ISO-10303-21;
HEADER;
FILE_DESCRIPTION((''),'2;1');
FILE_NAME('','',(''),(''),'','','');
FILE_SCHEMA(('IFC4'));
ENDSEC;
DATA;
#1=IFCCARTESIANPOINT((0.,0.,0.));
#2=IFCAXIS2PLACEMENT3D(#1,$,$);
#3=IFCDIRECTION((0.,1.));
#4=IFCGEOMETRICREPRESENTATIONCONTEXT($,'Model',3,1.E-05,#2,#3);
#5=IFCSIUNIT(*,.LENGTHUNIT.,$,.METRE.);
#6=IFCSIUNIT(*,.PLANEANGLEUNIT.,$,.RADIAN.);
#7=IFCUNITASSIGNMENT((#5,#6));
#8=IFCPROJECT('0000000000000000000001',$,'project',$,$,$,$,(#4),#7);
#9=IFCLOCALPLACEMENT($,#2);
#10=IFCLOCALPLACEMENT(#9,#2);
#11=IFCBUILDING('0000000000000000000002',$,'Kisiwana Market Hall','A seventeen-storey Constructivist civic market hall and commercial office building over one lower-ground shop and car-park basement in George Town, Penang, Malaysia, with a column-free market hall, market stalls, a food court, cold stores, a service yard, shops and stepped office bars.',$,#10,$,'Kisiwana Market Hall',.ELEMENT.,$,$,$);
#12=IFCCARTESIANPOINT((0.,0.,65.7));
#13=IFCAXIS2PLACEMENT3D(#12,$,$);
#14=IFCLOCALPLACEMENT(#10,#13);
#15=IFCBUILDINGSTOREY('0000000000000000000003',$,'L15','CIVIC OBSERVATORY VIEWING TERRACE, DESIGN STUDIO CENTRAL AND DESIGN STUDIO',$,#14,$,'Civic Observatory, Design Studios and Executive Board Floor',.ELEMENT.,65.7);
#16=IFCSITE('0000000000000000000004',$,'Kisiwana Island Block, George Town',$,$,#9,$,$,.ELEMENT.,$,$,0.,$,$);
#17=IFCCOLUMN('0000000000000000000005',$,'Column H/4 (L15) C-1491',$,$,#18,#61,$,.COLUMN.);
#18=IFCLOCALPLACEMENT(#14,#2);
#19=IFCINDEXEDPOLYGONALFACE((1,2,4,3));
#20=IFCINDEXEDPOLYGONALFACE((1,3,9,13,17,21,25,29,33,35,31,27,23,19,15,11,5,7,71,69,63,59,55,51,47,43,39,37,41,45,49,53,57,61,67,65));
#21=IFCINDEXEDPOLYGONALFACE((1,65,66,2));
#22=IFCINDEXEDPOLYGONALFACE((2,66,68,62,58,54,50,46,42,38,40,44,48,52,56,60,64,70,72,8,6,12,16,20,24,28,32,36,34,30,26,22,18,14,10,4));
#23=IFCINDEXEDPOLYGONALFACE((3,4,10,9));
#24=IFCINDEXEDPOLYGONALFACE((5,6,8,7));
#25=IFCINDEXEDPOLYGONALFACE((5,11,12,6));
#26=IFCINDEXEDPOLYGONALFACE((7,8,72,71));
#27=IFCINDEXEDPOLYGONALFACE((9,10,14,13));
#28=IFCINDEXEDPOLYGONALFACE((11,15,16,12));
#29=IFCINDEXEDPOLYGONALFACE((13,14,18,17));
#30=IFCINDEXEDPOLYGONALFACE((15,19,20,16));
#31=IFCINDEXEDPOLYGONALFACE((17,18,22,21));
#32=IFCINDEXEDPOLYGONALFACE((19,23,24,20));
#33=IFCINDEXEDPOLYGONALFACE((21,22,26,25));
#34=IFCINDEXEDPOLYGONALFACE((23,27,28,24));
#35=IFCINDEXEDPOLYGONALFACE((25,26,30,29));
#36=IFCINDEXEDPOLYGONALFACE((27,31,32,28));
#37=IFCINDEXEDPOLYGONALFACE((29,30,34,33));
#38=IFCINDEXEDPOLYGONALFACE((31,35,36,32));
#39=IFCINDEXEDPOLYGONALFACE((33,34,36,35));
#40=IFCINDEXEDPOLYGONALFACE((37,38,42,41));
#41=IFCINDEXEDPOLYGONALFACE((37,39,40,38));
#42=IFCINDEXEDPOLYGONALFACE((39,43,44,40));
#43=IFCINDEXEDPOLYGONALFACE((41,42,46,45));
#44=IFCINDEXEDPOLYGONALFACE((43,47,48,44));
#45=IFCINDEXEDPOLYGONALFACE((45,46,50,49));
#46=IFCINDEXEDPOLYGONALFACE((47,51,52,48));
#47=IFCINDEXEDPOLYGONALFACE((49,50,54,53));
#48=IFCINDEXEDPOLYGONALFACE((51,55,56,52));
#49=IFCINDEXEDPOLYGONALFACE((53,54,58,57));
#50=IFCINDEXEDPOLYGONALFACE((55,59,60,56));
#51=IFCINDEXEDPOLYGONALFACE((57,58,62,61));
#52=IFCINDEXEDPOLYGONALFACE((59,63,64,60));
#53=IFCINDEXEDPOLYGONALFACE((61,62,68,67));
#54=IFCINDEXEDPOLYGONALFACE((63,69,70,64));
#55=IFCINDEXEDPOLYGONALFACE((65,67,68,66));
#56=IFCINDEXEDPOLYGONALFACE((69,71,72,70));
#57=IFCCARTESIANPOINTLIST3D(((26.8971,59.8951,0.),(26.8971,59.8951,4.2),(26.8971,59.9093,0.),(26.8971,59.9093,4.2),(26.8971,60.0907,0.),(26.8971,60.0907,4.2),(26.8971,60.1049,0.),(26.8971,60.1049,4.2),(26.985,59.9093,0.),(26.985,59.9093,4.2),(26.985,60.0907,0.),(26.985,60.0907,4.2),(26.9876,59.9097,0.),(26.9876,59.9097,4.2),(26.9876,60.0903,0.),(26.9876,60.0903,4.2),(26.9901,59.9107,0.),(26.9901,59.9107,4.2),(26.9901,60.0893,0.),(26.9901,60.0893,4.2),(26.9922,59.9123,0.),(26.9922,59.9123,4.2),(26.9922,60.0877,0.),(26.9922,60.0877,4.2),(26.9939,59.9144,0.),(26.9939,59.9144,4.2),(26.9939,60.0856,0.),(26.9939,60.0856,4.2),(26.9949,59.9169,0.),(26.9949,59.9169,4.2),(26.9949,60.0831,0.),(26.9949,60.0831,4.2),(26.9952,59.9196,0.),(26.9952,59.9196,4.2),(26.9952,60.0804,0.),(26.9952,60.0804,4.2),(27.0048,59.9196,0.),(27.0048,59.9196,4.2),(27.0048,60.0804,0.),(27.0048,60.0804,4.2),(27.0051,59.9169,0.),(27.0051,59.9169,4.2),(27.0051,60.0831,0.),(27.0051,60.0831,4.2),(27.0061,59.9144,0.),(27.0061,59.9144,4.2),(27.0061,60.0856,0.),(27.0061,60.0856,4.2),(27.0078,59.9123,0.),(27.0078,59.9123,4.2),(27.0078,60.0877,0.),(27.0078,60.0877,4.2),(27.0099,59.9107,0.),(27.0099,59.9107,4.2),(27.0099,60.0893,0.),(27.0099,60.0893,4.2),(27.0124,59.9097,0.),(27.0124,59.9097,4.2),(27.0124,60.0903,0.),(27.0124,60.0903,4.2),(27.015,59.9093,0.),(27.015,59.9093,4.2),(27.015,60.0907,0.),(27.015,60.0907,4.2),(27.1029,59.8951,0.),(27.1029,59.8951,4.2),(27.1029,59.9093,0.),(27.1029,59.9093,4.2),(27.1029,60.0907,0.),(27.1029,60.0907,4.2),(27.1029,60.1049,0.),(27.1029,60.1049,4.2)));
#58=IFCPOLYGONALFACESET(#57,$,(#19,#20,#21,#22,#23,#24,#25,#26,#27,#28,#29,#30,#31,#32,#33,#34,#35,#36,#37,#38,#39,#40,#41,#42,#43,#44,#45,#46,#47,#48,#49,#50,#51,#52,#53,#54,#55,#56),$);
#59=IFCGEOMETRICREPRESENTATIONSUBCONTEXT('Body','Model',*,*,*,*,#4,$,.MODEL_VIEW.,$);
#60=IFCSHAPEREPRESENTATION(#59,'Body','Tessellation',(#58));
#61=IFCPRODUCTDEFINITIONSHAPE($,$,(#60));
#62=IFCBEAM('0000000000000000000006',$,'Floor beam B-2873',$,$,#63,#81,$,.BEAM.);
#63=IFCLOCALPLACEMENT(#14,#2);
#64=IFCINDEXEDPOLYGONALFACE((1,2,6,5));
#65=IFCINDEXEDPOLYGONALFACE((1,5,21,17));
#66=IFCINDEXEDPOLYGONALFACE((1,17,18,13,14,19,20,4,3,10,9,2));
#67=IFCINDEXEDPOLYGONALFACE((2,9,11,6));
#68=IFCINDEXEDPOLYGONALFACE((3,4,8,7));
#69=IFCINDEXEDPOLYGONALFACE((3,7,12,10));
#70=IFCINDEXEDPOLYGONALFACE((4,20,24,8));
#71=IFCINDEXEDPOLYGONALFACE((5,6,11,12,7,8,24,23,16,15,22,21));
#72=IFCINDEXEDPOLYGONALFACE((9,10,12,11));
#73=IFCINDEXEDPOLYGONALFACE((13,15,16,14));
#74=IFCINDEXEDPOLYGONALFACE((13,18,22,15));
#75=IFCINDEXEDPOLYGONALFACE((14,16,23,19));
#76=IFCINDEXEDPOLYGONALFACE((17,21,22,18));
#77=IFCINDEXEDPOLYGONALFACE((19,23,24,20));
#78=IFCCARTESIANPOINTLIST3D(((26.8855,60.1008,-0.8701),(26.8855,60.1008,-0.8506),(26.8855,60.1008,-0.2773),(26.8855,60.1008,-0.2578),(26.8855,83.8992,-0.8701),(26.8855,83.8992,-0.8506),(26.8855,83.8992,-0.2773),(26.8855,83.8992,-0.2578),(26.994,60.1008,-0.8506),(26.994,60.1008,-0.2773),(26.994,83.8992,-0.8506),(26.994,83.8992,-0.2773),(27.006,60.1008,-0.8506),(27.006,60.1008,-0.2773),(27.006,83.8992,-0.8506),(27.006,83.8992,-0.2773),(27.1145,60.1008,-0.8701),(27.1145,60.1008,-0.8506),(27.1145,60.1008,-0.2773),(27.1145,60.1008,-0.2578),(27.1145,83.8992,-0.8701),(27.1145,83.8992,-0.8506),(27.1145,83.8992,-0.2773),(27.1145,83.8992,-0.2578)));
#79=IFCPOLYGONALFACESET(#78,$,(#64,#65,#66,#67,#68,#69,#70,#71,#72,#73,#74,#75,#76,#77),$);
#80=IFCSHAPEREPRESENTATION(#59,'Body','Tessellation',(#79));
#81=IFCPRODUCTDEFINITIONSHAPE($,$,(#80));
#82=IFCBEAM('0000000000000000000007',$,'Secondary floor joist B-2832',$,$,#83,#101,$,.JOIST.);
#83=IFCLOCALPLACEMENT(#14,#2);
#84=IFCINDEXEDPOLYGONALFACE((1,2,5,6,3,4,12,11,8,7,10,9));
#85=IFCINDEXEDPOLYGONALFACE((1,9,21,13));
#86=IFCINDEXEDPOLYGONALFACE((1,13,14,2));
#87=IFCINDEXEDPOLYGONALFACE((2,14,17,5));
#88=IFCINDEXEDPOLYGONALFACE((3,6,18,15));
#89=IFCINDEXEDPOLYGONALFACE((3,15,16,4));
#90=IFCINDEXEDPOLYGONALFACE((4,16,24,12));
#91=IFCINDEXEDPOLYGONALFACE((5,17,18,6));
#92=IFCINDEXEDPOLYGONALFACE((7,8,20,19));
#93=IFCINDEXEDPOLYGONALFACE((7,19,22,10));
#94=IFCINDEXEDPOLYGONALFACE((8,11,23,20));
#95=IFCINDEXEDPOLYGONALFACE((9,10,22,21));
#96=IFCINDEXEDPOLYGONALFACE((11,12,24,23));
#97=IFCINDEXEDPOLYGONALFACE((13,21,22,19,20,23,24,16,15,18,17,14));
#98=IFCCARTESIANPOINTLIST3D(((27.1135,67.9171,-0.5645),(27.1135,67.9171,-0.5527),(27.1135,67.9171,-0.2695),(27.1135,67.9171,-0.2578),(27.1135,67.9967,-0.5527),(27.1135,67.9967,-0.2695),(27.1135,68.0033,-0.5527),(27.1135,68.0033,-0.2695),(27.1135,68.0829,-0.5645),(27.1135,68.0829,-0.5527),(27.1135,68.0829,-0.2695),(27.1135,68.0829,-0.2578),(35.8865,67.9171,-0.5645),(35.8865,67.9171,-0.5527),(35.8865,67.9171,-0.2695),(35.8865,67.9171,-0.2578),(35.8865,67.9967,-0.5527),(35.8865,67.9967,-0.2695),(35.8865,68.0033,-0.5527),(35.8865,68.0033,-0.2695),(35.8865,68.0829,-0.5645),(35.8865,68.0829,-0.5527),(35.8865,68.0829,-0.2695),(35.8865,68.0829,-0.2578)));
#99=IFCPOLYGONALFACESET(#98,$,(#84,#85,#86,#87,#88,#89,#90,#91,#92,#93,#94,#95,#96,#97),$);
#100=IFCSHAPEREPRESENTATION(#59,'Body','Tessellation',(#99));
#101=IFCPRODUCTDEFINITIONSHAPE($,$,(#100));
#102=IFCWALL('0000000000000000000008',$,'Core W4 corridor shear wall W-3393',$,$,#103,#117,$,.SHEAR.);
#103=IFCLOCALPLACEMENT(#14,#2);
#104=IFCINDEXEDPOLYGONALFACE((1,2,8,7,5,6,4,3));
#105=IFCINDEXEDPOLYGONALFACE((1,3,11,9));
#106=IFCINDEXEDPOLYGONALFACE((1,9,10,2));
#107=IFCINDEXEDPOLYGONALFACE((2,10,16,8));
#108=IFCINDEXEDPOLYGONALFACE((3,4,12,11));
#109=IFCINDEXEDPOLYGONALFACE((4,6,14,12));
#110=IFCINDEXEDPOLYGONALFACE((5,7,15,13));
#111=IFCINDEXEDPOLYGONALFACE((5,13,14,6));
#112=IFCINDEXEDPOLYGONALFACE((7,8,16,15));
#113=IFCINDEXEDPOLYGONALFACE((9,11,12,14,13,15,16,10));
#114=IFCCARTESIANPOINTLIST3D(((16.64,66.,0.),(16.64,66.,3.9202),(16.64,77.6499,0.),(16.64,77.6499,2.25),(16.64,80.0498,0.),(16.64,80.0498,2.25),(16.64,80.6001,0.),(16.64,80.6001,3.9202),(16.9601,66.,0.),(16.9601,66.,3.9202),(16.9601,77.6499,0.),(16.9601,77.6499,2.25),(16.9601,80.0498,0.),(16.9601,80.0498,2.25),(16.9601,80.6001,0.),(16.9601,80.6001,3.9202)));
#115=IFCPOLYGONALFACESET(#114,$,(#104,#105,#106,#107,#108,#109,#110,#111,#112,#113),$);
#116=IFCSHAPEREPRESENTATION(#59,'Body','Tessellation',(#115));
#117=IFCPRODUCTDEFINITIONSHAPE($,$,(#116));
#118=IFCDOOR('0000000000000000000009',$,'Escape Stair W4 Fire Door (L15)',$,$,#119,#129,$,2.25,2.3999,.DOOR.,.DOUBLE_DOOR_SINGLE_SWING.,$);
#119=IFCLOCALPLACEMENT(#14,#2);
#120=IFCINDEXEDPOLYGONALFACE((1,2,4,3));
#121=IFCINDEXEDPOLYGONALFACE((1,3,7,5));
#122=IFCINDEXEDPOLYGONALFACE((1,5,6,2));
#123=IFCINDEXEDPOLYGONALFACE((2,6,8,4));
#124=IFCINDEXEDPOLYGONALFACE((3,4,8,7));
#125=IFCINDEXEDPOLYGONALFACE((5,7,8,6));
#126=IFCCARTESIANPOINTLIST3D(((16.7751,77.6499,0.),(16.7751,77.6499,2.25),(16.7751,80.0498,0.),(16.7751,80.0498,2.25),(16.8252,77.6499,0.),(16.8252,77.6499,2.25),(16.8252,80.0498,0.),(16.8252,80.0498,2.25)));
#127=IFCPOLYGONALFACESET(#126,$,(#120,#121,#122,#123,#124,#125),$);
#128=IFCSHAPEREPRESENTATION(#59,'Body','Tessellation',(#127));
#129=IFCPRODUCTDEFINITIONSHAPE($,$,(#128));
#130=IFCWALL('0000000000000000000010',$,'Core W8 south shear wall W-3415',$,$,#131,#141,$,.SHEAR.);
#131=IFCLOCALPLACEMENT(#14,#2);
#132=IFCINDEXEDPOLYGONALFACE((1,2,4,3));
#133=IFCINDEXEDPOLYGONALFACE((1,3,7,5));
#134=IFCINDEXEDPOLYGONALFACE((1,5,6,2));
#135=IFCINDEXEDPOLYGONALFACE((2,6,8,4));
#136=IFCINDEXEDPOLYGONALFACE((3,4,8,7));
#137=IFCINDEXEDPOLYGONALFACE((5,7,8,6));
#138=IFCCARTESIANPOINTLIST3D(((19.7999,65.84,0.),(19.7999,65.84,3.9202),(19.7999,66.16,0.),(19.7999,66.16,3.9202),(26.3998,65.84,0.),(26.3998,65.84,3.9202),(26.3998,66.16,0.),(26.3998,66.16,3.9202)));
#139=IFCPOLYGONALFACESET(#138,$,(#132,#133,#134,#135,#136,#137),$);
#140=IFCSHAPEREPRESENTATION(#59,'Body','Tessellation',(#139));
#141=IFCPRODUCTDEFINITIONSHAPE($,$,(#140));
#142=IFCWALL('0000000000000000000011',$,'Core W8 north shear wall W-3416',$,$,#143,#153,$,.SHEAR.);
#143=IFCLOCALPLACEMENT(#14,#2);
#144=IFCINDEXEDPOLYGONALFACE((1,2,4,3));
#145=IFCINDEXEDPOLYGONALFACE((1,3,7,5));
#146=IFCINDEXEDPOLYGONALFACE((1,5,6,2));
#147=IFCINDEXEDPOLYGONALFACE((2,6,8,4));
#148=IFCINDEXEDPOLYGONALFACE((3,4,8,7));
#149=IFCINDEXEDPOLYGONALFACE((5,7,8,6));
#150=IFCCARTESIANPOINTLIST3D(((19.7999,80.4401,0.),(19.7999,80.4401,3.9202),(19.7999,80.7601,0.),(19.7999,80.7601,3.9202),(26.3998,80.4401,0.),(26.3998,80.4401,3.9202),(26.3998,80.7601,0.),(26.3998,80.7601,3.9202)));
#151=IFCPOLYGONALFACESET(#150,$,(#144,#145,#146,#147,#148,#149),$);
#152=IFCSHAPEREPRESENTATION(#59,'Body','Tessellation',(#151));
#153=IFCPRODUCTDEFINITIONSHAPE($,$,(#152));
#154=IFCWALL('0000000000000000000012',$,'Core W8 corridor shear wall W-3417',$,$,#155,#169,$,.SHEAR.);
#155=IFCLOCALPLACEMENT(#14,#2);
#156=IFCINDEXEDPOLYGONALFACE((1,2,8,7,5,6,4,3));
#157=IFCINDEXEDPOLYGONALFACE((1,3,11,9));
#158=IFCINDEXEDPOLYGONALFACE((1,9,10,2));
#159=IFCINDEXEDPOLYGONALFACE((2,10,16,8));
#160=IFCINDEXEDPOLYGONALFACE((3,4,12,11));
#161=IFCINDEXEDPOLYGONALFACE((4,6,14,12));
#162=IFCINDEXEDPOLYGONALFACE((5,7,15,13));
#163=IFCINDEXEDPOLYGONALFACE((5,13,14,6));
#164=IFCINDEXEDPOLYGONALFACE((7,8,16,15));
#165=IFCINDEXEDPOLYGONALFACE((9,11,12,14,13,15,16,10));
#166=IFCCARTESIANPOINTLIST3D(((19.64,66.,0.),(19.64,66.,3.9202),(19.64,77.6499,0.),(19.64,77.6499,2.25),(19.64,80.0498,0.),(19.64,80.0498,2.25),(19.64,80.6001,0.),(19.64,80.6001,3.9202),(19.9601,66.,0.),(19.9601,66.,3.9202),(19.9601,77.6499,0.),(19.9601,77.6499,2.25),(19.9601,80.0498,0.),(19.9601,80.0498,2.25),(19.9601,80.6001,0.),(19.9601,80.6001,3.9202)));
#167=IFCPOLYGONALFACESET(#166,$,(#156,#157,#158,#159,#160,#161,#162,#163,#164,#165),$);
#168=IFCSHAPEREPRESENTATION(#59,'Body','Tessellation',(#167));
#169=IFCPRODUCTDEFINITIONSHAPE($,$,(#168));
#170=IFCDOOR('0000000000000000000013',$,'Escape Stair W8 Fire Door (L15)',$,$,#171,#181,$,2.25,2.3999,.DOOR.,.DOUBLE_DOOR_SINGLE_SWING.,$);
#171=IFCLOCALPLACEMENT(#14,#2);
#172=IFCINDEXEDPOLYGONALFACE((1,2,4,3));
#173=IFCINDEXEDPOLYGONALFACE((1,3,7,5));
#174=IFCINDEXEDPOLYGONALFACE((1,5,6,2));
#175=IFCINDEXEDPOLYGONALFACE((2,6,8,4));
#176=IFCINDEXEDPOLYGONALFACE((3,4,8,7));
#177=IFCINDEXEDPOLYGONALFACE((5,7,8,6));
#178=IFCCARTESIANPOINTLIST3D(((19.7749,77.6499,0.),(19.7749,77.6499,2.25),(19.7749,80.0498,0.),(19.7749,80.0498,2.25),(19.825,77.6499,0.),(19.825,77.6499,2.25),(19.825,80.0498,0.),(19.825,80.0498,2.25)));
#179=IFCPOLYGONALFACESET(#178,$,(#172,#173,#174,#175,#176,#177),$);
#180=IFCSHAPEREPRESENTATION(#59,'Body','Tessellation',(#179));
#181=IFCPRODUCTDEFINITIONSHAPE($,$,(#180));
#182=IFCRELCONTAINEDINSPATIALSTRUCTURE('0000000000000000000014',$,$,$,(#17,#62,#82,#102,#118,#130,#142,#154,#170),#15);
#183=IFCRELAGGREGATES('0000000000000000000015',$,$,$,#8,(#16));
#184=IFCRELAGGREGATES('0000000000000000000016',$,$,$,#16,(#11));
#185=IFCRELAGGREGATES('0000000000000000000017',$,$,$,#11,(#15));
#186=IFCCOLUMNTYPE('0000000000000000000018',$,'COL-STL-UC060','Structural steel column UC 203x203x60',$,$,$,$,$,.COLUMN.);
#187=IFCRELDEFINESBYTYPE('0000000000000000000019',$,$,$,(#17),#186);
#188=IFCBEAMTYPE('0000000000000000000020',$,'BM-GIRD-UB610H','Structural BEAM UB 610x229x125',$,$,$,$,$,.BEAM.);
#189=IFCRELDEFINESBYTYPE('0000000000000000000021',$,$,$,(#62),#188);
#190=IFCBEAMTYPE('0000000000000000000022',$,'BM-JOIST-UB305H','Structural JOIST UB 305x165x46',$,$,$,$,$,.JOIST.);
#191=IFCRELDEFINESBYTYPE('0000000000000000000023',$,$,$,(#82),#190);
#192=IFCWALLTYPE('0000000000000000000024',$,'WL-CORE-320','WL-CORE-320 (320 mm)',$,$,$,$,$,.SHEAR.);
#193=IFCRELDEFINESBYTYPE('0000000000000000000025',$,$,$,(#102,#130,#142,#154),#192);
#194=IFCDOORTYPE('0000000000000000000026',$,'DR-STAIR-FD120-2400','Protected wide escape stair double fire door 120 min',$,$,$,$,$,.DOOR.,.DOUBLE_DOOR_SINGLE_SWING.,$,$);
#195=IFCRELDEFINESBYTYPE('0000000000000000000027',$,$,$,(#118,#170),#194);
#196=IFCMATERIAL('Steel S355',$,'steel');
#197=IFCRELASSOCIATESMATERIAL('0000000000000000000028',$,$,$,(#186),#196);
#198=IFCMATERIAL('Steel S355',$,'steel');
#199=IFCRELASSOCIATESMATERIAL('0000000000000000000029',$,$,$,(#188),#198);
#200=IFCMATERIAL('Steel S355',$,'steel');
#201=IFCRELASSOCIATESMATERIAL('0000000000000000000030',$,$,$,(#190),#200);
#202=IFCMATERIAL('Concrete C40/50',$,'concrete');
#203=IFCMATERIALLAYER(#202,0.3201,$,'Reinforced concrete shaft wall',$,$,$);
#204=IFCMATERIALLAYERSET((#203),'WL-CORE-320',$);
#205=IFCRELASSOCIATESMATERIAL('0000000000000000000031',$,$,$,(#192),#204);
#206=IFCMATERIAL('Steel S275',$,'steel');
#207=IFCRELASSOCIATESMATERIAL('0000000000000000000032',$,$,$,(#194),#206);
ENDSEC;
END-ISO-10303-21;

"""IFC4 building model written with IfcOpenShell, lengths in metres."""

from ifc_helpers import new_model, si_unit, direction, frame, frame_2d, origin, origin_2d, place, context, subcontext, project, spatial, rectangle, i_section, extrude, material, layer, layer_set, material_profile, profile_set, type_object, element, fill, save


model = new_model("IFC4")

# Units and contexts
model_context = context("Model", 3, precision=1e-05, world=origin(), true_north=direction((0.0, 1.0)))
body_context = subcontext(model_context, "Body", "Model", "MODEL_VIEW")
ifc_project = project(units=[si_unit("LENGTHUNIT", "METRE"), si_unit("PLANEANGLEUNIT", "RADIAN")], contexts=[model_context])

# Site, building, storey
site_placement = place(None, origin())
site = spatial("IfcSite", under=ifc_project, at=site_placement, Name="Kisiwana Island Block, George Town", CompositionType="ELEMENT", RefElevation=0.0)
building_placement = place(site_placement, origin())
building = spatial("IfcBuilding", under=site, at=building_placement, Name="Kisiwana Market Hall", Description="A seventeen-storey Constructivist civic market hall and commercial office building over one lower-ground shop and car-park basement in George Town, Penang, Malaysia, with a column-free market hall, market stalls, a food court, cold stores, a service yard, shops and stepped office bars.", LongName="Kisiwana Market Hall", CompositionType="ELEMENT")
storey_placement = place(building_placement, frame((0.0, 0.0, 65.7)))
storey = spatial("IfcBuildingStorey", under=building, at=storey_placement, Name="L15", Description="CIVIC OBSERVATORY VIEWING TERRACE, DESIGN STUDIO CENTRAL AND DESIGN STUDIO", LongName="Civic Observatory, Design Studios and Executive Board Floor", CompositionType="ELEMENT", Elevation=65.7)

# Column
ifc_material_1 = material(Name="Steel S355", Category="steel")
ifc_material_profile_1 = material_profile(ifc_material_1, i_section(OverallWidth=0.2058, OverallDepth=0.2097, WebThickness=0.0095, FlangeThickness=0.0142, FilletRadius=0.0103, at=origin_2d()), Name="UC 203x203x60")
ifc_profile_set_1 = profile_set([ifc_material_profile_1], Name="Steel S355")
column_type = type_object("IfcColumnType", Name="COL-STL-UC060", Description="Structural steel column UC 203x203x60", PredefinedType="COLUMN", material=ifc_profile_set_1)
column_placement = place(storey_placement, frame((27.0, 60.0, 0.0), z_axis=(0.0, 0.0, 1.0), x_axis=(1.0, 0.0, 0.0)))
element("IfcColumn", 1, at=column_placement, inside=storey, type_object=column_type, Name="Column H/4 (L15) C-1491", PredefinedType="COLUMN", context=body_context, shape_type="SweptSolid", body=[
    extrude(i_section(OverallWidth=0.2058, OverallDepth=0.2097, WebThickness=0.0095, FlangeThickness=0.0142, FilletRadius=0.0103, at=origin_2d()), origin(), (0.0, 0.0, 1.0), 4.2),
])

# Beams
ifc_material_2 = material(Name="Steel S355", Category="steel")
ifc_material_profile_2 = material_profile(ifc_material_2, i_section(OverallWidth=0.229, OverallDepth=0.6123, WebThickness=0.012, FlangeThickness=0.0195, at=origin_2d()), Name="UB 610x229x125")
ifc_profile_set_2 = profile_set([ifc_material_profile_2], Name="Steel S355")
beam_type_1 = type_object("IfcBeamType", Name="BM-GIRD-UB610H", Description="Structural BEAM UB 610x229x125", PredefinedType="BEAM", material=ifc_profile_set_2)
beam_1_placement = place(storey_placement, frame((27.0, 60.1008, -0.564), z_axis=(0.0, 1.0, 0.0), x_axis=(-1.0, 0.0, 0.0)))
element("IfcBeam", 2, at=beam_1_placement, inside=storey, type_object=beam_type_1, Name="Floor beam B-2873", PredefinedType="BEAM", context=body_context, shape_type="SweptSolid", body=[
    extrude(i_section(OverallWidth=0.229, OverallDepth=0.6123, WebThickness=0.012, FlangeThickness=0.0195, at=origin_2d()), origin(), (0.0, 0.0, 1.0), 23.7983),
])
ifc_material_3 = material(Name="Steel S355", Category="steel")
ifc_material_profile_3 = material_profile(ifc_material_3, i_section(OverallWidth=0.1658, OverallDepth=0.3066, WebThickness=0.0066, FlangeThickness=0.0117, at=origin_2d()), Name="UB 305x165x46")
ifc_profile_set_3 = profile_set([ifc_material_profile_3], Name="Steel S355")
beam_type_2 = type_object("IfcBeamType", Name="BM-JOIST-UB305H", Description="Structural JOIST UB 305x165x46", PredefinedType="JOIST", material=ifc_profile_set_3)
beam_2_placement = place(storey_placement, frame((27.1135, 68.0, -0.4111), z_axis=(1.0, 0.0, 0.0), x_axis=(0.0, 1.0, 0.0)))
element("IfcBeam", 3, at=beam_2_placement, inside=storey, type_object=beam_type_2, Name="Secondary floor joist B-2832", PredefinedType="JOIST", context=body_context, shape_type="SweptSolid", body=[
    extrude(i_section(OverallWidth=0.1658, OverallDepth=0.3066, WebThickness=0.0066, FlangeThickness=0.0117, at=origin_2d()), origin(), (0.0, 0.0, 1.0), 8.7729),
])

# Wall, opening, door
ifc_material_4 = material(Name="Concrete C40/50", Category="concrete")
ifc_layer_1 = layer(ifc_material_4, 0.3201, Name="Reinforced concrete shaft wall")
ifc_layer_set_1 = layer_set([ifc_layer_1], Name="WL-CORE-320")
wall_type_1 = type_object("IfcWallType", Name="WL-CORE-320", Description="WL-CORE-320 (320 mm)", PredefinedType="SHEAR", material=ifc_layer_set_1)
wall_1_placement = place(storey_placement, frame((16.8, 66.0, 0.0), z_axis=(0.0, 0.0, 1.0), x_axis=(0.0, 1.0, 0.0)))
wall_1 = element("IfcWall", 4, at=wall_1_placement, inside=storey, type_object=wall_type_1, Name="Core W4 corridor shear wall W-3393", PredefinedType="SHEAR", context=body_context, shape_type="SweptSolid", body=[
    extrude(rectangle(XDim=14.6001, YDim=0.3201, at=frame_2d((7.3, 0.0))), origin(), (0.0, 0.0, 1.0), 3.9202),
])
opening_1_placement = place(wall_1_placement, frame((11.6499, 0.0, 0.0)))
opening_1 = element("IfcOpeningElement", 5, at=opening_1_placement, cuts=wall_1, PredefinedType="OPENING", context=body_context, shape_type="SweptSolid", body=[
    extrude(rectangle(XDim=2.3999, YDim=2.25, at=frame_2d((1.2, 1.125))), frame((0.0, 0.1719, 0.0), z_axis=(0.0, -1.0, 0.0), x_axis=(1.0, 0.0, 0.0)), (0.0, 0.0, 1.0), 0.344),
])
ifc_material_5 = material(Name="Steel S275", Category="steel")
door_type_1 = type_object("IfcDoorType", Name="DR-STAIR-FD120-2400", Description="Protected wide escape stair double fire door 120 min", OperationType="DOUBLE_DOOR_SINGLE_SWING", PredefinedType="DOOR", material=ifc_material_5)
door_1_placement = place(opening_1_placement, origin())
door_1 = element("IfcDoor", 6, at=door_1_placement, inside=storey, type_object=door_type_1, Name="Escape Stair W4 Fire Door (L15)", OperationType="DOUBLE_DOOR_SINGLE_SWING", OverallHeight=2.25, OverallWidth=2.3999, PredefinedType="DOOR", context=body_context, shape_type="SweptSolid", body=[
    extrude(rectangle(XDim=2.3999, YDim=2.25, at=frame_2d((1.2, 1.125))), frame((0.0, 0.0249, 0.0), z_axis=(0.0, -1.0, 0.0), x_axis=(1.0, 0.0, 0.0)), (0.0, 0.0, 1.0), 0.05),
])
fill(opening_1, door_1)

# Walls
for number, where, z_axis, x_axis, name in (
    (7, (19.8, 66.0, 0.0), (0.0, 0.0, 1.0), (1.0, 0.0, 0.0), "Core W8 south shear wall W-3415"),
    (8, (19.8, 80.6001, 0.0), (0.0, 0.0, 1.0), (1.0, 0.0, 0.0), "Core W8 north shear wall W-3416"),
):
    element("IfcWall", number, at=place(storey_placement, frame(where, z_axis=z_axis, x_axis=x_axis)), inside=storey, type_object=wall_type_1, Name=name, PredefinedType="SHEAR", context=body_context, shape_type="SweptSolid", body=[
        extrude(rectangle(XDim=6.5999, YDim=0.3201, at=frame_2d((3.2998, 0.0))), origin(), (0.0, 0.0, 1.0), 3.9202),
    ])

# Wall, opening, door
wall_2_placement = place(storey_placement, frame((19.8, 66.0, 0.0), z_axis=(0.0, 0.0, 1.0), x_axis=(0.0, 1.0, 0.0)))
wall_2 = element("IfcWall", 9, at=wall_2_placement, inside=storey, type_object=wall_type_1, Name="Core W8 corridor shear wall W-3417", PredefinedType="SHEAR", context=body_context, shape_type="SweptSolid", body=[
    extrude(rectangle(XDim=14.6001, YDim=0.3201, at=frame_2d((7.3, 0.0))), origin(), (0.0, 0.0, 1.0), 3.9202),
])
opening_2_placement = place(wall_2_placement, frame((11.6499, 0.0, 0.0)))
opening_2 = element("IfcOpeningElement", 10, at=opening_2_placement, cuts=wall_2, PredefinedType="OPENING", context=body_context, shape_type="SweptSolid", body=[
    extrude(rectangle(XDim=2.3999, YDim=2.25, at=frame_2d((1.2, 1.125))), frame((0.0, 0.1719, 0.0), z_axis=(0.0, -1.0, 0.0), x_axis=(1.0, 0.0, 0.0)), (0.0, 0.0, 1.0), 0.344),
])
door_2_placement = place(opening_2_placement, frame((2.3999, 0.0, 0.0), z_axis=(0.0, 0.0, 1.0), x_axis=(-1.0, 0.0, 0.0)))
door_2 = element("IfcDoor", 11, at=door_2_placement, inside=storey, type_object=door_type_1, Name="Escape Stair W8 Fire Door (L15)", OperationType="DOUBLE_DOOR_SINGLE_SWING", OverallHeight=2.25, OverallWidth=2.3999, PredefinedType="DOOR", context=body_context, shape_type="SweptSolid", body=[
    extrude(rectangle(XDim=2.3999, YDim=2.25, at=frame_2d((1.2, 1.125))), frame((0.0, 0.0249, 0.0), z_axis=(0.0, -1.0, 0.0), x_axis=(1.0, 0.0, 0.0)), (0.0, 0.0, 1.0), 0.05),
])
fill(opening_2, door_2)

save(model, "model.ifc")
